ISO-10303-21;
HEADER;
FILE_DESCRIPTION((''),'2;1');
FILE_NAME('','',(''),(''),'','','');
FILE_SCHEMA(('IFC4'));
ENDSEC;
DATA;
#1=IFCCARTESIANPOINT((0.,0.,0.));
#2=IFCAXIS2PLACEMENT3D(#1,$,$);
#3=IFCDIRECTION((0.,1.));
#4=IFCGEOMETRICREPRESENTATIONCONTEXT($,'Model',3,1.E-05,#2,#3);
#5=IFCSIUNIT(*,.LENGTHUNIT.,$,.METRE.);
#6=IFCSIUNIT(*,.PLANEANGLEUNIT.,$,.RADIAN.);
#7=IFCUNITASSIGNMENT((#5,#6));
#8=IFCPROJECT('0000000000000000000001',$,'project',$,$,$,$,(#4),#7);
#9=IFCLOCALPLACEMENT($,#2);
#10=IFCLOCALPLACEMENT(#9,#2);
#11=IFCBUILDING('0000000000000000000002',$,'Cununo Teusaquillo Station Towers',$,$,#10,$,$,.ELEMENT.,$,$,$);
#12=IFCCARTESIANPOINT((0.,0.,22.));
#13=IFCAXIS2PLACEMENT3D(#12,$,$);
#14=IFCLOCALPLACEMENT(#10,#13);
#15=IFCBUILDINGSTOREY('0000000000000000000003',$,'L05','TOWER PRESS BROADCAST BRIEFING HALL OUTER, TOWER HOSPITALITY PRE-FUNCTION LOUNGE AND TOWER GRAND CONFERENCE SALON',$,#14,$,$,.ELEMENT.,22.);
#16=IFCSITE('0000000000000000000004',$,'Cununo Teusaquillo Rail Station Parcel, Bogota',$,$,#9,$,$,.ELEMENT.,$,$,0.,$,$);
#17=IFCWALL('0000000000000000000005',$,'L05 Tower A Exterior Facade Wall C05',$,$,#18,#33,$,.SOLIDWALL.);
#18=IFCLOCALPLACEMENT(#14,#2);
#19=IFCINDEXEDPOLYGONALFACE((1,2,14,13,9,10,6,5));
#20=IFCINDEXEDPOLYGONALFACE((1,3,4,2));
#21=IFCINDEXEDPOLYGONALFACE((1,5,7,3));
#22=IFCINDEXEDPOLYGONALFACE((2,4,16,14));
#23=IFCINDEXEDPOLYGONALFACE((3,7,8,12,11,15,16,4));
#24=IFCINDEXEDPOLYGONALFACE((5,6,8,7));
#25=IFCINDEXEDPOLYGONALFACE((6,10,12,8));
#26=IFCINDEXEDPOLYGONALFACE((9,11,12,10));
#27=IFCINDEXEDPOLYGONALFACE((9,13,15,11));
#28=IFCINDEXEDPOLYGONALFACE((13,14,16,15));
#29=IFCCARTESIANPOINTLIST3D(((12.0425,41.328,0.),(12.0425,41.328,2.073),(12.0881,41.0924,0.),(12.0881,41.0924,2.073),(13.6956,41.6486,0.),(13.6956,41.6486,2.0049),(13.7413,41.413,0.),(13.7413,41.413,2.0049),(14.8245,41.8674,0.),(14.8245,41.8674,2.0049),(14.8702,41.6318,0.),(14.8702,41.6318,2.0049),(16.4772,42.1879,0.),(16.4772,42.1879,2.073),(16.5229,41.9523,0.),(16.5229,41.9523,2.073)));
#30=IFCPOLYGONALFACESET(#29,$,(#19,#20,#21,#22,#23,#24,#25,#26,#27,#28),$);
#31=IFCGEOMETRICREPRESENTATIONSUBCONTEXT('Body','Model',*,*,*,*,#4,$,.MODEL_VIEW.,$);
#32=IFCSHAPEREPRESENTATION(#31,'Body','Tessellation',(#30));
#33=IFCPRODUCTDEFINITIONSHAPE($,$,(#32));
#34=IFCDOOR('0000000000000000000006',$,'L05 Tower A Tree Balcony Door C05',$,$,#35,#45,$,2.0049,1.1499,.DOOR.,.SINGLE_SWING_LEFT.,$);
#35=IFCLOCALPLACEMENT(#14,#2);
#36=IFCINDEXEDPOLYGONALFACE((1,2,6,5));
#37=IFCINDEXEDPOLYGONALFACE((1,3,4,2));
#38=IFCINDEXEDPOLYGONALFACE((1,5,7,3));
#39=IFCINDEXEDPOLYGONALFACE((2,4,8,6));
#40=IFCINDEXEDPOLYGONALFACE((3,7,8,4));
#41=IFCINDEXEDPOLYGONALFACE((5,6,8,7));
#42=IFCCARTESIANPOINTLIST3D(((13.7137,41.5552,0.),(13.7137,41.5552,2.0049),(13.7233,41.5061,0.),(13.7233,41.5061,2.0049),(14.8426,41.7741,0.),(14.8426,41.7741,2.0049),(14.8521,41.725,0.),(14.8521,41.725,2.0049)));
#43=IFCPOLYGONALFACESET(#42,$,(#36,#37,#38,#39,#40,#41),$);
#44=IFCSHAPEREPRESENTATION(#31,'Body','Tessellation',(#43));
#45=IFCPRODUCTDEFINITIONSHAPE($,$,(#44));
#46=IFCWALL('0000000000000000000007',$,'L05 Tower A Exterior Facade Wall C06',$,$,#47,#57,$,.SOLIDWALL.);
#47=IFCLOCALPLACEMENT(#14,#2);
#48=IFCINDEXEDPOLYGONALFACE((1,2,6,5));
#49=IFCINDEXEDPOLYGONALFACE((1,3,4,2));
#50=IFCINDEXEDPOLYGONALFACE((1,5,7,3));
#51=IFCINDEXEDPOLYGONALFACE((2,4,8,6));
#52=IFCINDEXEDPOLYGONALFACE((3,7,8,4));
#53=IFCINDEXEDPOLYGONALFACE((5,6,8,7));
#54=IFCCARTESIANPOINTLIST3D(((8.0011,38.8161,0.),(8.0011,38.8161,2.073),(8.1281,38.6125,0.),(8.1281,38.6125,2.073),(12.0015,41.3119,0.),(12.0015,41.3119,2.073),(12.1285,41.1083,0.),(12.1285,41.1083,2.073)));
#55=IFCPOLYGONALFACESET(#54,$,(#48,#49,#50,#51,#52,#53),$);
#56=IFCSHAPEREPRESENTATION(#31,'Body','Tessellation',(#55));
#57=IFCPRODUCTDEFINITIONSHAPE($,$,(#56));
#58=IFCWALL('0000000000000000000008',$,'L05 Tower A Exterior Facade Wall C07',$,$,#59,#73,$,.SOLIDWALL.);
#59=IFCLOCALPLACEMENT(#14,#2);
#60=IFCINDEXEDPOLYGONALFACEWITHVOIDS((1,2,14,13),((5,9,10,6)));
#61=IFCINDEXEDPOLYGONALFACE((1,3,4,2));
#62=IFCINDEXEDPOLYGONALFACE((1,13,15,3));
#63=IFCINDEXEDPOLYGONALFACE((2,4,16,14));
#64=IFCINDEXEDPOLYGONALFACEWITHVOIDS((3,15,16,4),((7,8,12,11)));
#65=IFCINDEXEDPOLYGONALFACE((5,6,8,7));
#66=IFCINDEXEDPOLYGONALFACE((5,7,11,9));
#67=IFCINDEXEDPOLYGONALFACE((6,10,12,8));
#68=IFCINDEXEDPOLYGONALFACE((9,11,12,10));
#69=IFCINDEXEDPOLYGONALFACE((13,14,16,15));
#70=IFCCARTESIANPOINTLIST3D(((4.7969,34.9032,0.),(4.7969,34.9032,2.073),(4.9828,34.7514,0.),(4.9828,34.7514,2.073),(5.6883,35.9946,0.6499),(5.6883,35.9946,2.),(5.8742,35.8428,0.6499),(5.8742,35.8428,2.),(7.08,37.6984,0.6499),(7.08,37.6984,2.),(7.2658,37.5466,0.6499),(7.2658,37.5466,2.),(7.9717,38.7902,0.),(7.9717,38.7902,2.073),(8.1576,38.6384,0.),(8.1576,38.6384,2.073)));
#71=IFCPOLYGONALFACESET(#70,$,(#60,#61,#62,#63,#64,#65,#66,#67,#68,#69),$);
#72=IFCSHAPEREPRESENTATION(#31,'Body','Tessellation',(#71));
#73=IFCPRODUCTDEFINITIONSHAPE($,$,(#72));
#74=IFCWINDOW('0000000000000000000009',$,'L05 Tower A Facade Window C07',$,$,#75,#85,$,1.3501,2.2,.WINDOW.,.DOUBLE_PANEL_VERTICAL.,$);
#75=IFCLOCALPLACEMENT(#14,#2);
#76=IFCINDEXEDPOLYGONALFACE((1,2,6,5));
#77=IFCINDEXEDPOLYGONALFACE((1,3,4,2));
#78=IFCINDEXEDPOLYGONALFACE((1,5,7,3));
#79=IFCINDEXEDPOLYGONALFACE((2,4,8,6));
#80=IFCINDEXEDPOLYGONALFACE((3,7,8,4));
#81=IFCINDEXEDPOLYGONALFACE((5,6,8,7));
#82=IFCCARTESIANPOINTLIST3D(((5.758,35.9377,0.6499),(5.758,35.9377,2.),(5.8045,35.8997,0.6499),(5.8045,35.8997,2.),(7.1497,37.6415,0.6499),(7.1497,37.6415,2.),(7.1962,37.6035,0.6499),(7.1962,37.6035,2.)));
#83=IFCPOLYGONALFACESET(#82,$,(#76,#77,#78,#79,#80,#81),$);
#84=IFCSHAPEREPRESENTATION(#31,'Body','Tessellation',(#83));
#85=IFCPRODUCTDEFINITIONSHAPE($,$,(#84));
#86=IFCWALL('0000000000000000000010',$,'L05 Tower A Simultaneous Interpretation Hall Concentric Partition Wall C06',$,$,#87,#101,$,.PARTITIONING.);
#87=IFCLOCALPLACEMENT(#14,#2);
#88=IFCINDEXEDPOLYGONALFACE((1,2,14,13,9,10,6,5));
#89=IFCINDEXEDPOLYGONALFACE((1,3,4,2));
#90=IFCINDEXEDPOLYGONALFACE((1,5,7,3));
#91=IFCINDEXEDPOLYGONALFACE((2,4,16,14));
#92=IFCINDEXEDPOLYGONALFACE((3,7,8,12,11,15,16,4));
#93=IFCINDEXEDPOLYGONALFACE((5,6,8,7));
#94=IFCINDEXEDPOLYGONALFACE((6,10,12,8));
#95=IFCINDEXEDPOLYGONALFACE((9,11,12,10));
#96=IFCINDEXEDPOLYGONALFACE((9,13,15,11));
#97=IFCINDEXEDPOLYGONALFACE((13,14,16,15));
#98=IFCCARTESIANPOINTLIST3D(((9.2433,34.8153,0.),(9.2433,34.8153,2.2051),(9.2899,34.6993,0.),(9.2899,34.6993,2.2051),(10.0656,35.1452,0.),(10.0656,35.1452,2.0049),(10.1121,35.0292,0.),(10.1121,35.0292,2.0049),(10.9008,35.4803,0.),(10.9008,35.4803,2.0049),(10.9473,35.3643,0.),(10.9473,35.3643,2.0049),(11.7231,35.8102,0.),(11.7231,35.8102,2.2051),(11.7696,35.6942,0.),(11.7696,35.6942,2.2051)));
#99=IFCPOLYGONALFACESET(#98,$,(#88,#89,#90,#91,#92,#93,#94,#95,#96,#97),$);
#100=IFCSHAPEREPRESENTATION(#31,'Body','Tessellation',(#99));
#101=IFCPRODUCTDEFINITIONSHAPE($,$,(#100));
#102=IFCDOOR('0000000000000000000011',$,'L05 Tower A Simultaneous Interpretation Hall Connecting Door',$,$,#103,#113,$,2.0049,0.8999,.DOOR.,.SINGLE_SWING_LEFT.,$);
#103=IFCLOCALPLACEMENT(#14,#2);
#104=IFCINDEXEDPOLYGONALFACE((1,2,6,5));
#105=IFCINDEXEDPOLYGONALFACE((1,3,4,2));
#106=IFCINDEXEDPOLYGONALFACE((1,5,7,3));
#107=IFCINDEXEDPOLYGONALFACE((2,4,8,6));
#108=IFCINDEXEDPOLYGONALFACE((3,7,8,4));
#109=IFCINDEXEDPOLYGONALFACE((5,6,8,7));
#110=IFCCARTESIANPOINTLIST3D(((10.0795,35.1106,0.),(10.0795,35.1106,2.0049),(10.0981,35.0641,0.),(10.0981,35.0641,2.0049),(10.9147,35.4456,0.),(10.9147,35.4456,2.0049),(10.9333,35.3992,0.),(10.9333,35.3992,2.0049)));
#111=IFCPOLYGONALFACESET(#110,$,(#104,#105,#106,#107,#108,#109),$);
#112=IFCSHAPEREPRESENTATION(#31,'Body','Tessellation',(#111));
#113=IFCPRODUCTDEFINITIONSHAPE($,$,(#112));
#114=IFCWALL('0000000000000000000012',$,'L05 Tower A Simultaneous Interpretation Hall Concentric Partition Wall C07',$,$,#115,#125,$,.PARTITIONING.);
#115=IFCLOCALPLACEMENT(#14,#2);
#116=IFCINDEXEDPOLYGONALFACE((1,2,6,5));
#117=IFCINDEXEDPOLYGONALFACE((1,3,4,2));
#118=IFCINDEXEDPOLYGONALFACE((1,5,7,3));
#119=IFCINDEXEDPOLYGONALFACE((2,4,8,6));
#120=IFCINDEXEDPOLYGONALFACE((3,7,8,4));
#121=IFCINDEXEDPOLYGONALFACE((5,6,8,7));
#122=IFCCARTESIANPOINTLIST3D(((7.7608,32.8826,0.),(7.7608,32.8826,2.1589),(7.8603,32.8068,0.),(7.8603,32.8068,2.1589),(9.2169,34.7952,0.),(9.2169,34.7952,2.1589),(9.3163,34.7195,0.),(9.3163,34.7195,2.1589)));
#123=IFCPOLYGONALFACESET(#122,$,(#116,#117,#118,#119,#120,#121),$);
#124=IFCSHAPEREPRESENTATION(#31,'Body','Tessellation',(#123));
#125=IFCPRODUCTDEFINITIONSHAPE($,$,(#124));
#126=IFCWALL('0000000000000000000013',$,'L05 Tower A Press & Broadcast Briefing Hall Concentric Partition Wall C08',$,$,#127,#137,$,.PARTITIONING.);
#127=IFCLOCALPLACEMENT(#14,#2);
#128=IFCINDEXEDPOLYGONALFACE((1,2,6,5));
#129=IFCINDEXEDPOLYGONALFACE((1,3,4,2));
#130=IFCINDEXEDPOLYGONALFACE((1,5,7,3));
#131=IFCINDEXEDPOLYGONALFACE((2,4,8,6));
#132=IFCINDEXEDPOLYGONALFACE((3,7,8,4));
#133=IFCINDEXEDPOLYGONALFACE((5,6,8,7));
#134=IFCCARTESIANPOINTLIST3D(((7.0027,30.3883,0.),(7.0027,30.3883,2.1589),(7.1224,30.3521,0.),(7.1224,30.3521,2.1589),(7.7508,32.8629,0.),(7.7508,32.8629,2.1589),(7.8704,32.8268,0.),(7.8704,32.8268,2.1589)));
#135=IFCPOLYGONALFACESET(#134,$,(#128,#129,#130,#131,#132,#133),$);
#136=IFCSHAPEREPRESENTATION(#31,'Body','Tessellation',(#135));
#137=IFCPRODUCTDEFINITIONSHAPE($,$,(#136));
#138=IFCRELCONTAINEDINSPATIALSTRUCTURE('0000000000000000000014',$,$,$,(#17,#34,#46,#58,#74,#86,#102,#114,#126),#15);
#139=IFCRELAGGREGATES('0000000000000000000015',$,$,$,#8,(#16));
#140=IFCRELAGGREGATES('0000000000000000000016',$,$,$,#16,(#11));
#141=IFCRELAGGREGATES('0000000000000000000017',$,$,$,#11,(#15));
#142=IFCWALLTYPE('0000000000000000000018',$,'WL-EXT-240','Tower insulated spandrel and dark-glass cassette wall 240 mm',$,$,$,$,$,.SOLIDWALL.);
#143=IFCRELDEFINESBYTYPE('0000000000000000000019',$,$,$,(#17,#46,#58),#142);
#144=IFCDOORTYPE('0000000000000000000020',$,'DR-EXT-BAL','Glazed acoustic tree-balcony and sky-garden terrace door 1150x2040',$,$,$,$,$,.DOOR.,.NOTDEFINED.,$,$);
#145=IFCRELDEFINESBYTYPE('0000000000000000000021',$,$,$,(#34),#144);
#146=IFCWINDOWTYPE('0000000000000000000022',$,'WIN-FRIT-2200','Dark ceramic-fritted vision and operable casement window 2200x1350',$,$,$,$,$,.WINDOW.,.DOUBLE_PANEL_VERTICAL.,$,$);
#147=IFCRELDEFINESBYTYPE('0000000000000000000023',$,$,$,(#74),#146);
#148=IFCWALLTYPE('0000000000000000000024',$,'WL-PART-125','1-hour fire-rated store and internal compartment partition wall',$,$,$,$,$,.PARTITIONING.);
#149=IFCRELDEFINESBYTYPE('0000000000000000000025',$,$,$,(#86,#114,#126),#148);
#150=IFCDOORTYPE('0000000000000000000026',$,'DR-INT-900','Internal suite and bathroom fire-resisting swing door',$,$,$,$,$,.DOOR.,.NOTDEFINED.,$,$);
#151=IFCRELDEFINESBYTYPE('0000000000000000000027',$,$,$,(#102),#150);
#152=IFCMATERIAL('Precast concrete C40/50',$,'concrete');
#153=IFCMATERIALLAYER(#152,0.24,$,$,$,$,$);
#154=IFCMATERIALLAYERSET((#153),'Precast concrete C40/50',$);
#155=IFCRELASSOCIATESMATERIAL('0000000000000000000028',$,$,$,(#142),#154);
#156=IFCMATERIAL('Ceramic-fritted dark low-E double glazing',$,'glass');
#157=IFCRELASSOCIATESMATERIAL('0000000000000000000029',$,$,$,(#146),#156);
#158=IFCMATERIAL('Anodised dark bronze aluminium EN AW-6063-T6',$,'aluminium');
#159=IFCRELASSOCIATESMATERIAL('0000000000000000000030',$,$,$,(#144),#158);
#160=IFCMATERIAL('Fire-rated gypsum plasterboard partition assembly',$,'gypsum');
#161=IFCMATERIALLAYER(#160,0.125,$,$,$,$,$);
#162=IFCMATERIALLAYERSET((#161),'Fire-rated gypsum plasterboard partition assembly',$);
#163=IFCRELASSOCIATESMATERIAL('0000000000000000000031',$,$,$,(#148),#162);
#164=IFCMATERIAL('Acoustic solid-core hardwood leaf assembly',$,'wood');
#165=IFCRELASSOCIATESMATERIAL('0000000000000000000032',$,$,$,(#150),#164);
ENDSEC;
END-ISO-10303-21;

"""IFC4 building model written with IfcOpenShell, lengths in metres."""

from ifc_helpers import new_model, si_unit, direction, frame, frame_2d, origin, place, context, subcontext, project, spatial, rectangle, extrude, source, transform, mapped, material, layer, layer_set, type_object, element, fill, save


model = new_model("IFC4")

# Units and contexts
model_context = context("Model", 3, precision=1e-05, world=origin(), true_north=direction((0.0, 1.0)))
body_context = subcontext(model_context, "Body", "Model", "MODEL_VIEW")
ifc_project = project(units=[si_unit("LENGTHUNIT", "METRE"), si_unit("PLANEANGLEUNIT", "RADIAN")], contexts=[model_context])

# Site, building, storey
site_placement = place(None, origin())
site = spatial("IfcSite", under=ifc_project, at=site_placement, Name="Cununo Teusaquillo Rail Station Parcel, Bogota", CompositionType="ELEMENT", RefElevation=0.0)
building_placement = place(site_placement, origin())
building = spatial("IfcBuilding", under=site, at=building_placement, Name="Cununo Teusaquillo Station Towers", CompositionType="ELEMENT")
storey_placement = place(building_placement, frame((0.0, 0.0, 22.0)))
storey = spatial("IfcBuildingStorey", under=building, at=storey_placement, Name="L05", Description="TOWER PRESS BROADCAST BRIEFING HALL OUTER, TOWER HOSPITALITY PRE-FUNCTION LOUNGE AND TOWER GRAND CONFERENCE SALON", CompositionType="ELEMENT", Elevation=22.0)

# Shared definitions
ifc_material_1 = material(Name="Precast concrete C40/50", Category="concrete")
ifc_layer_1 = layer(ifc_material_1, 0.24)
ifc_layer_set_1 = layer_set([ifc_layer_1], Name="Precast concrete C40/50")
wall_type_1 = type_object("IfcWallType", Name="WL-EXT-240", Description="Tower insulated spandrel and dark-glass cassette wall 240 mm", PredefinedType="SOLIDWALL", material=ifc_layer_set_1)
shared_shape_1 = source(origin(), body_context, "Body", "SweptSolid", [
    extrude(rectangle(XDim=2.2, YDim=1.3501, at=frame_2d((1.1001, 0.675))), frame((0.0, 0.1299, 0.0), z_axis=(0.0, -1.0, 0.0), x_axis=(1.0, 0.0, 0.0)), (0.0, 0.0, 1.0), 0.26),
])
ifc_material_2 = material(Name="Ceramic-fritted dark low-E double glazing", Category="glass")
window_type = type_object("IfcWindowType", Name="WIN-FRIT-2200", Description="Dark ceramic-fritted vision and operable casement window 2200x1350", PartitioningType="DOUBLE_PANEL_VERTICAL", PredefinedType="WINDOW", material=ifc_material_2)
shared_shape_2 = source(origin(), body_context, "Body", "SweptSolid", [
    extrude(rectangle(XDim=2.2, YDim=1.3501, at=frame_2d((1.1001, 0.675))), frame((0.0, 0.03, 0.0), z_axis=(0.0, -1.0, 0.0), x_axis=(1.0, 0.0, 0.0)), (0.0, 0.0, 1.0), 0.0601),
])

# Wall, opening, door
wall_1_placement = place(storey_placement, frame((12.0652, 41.2102, 0.0), z_axis=(0.0, 0.0, 1.0), x_axis=(0.981717, 0.190345, 0.0)))
wall_1 = element("IfcWall", 1, at=wall_1_placement, inside=storey, type_object=wall_type_1, Name="L05 Tower A Exterior Facade Wall C05", PredefinedType="SOLIDWALL", context=body_context, shape_type="SweptSolid", body=[
    extrude(rectangle(XDim=4.5173, YDim=0.24, at=frame_2d((2.2588, 0.0))), origin(), (0.0, 0.0, 1.0), 2.073),
])
shared_shape_3 = source(origin(), body_context, "Body", "SweptSolid", [
    extrude(rectangle(XDim=1.1499, YDim=2.0049, at=frame_2d((0.575, 1.0024))), frame((0.0, 0.1299, 0.0), z_axis=(0.0, -1.0, 0.0), x_axis=(1.0, 0.0, 0.0)), (0.0, 0.0, 1.0), 0.26),
])
opening_1_placement = place(wall_1_placement, frame((1.6841, 0.0, 0.0)))
opening_1 = element("IfcOpeningElement", 2, at=opening_1_placement, cuts=wall_1, PredefinedType="OPENING", context=body_context, shape_type="MappedRepresentation", body=[
    mapped(shared_shape_3, transform((0.0, 0.0, 0.0), x_axis=(1.0, 0.0, 0.0), y_axis=(0.0, 1.0, 0.0), z_axis=(0.0, 0.0, 1.0), scale=1.0)),
])
ifc_material_3 = material(Name="Anodised dark bronze aluminium EN AW-6063-T6", Category="aluminium")
door_type_1 = type_object("IfcDoorType", Name="DR-EXT-BAL", Description="Glazed acoustic tree-balcony and sky-garden terrace door 1150x2040", OperationType="NOTDEFINED", PredefinedType="DOOR", material=ifc_material_3)
shared_shape_4 = source(origin(), body_context, "Body", "SweptSolid", [
    extrude(rectangle(XDim=1.1499, YDim=2.0049, at=frame_2d((0.575, 1.0024))), frame((0.0, 0.0249, 0.0), z_axis=(0.0, -1.0, 0.0), x_axis=(1.0, 0.0, 0.0)), (0.0, 0.0, 1.0), 0.05),
])
door_1_placement = place(opening_1_placement, origin())
door_1 = element("IfcDoor", 3, at=door_1_placement, inside=storey, type_object=door_type_1, Name="L05 Tower A Tree Balcony Door C05", OperationType="SINGLE_SWING_LEFT", OverallHeight=2.0049, OverallWidth=1.1499, PredefinedType="DOOR", context=body_context, shape_type="MappedRepresentation", body=[
    mapped(shared_shape_4, transform((0.0, 0.0, 0.0), x_axis=(1.0, 0.0, 0.0), y_axis=(0.0, 1.0, 0.0), z_axis=(0.0, 0.0, 1.0), scale=1.0)),
])
fill(opening_1, door_1)

# Wall
wall_2_placement = place(storey_placement, frame((8.0647, 38.7144, 0.0), z_axis=(0.0, 0.0, 1.0), x_axis=(0.848423, 0.529319, 0.0)))
element("IfcWall", 4, at=wall_2_placement, inside=storey, type_object=wall_type_1, Name="L05 Tower A Exterior Facade Wall C06", PredefinedType="SOLIDWALL", context=body_context, shape_type="SweptSolid", body=[
    extrude(rectangle(XDim=4.7151, YDim=0.24, at=frame_2d((2.3574, 0.0))), origin(), (0.0, 0.0, 1.0), 2.073),
])

# Wall, opening, window
wall_3_placement = place(storey_placement, frame((4.8899, 34.8274, 0.0), z_axis=(0.0, 0.0, 1.0), x_axis=(0.632589, 0.774488, 0.0)))
wall_3 = element("IfcWall", 5, at=wall_3_placement, inside=storey, type_object=wall_type_1, Name="L05 Tower A Exterior Facade Wall C07", PredefinedType="SOLIDWALL", context=body_context, shape_type="SweptSolid", body=[
    extrude(rectangle(XDim=5.0188, YDim=0.24, at=frame_2d((2.5093, 0.0))), origin(), (0.0, 0.0, 1.0), 2.073),
])
opening_2_placement = place(wall_3_placement, frame((1.4089, 0.0, 0.6499)))
opening_2 = element("IfcOpeningElement", 6, at=opening_2_placement, cuts=wall_3, PredefinedType="OPENING", context=body_context, shape_type="MappedRepresentation", body=[
    mapped(shared_shape_1, transform((0.0, 0.0, 0.0), x_axis=(1.0, 0.0, 0.0), y_axis=(0.0, 1.0, 0.0), z_axis=(0.0, 0.0, 1.0), scale=1.0)),
])
window_1_placement = place(opening_2_placement, origin())
window_1 = element("IfcWindow", 7, at=window_1_placement, inside=storey, type_object=window_type, Name="L05 Tower A Facade Window C07", OverallHeight=1.3501, OverallWidth=2.2, PartitioningType="DOUBLE_PANEL_VERTICAL", PredefinedType="WINDOW", context=body_context, shape_type="MappedRepresentation", body=[
    mapped(shared_shape_2, transform((0.0, 0.0, 0.0), x_axis=(1.0, 0.0, 0.0), y_axis=(0.0, 1.0, 0.0), z_axis=(0.0, 0.0, 1.0), scale=1.0)),
])
fill(opening_2, window_1)

# Wall, opening, door
ifc_material_4 = material(Name="Fire-rated gypsum plasterboard partition assembly", Category="gypsum")
ifc_layer_2 = layer(ifc_material_4, 0.125)
ifc_layer_set_2 = layer_set([ifc_layer_2], Name="Fire-rated gypsum plasterboard partition assembly")
wall_type_2 = type_object("IfcWallType", Name="WL-PART-125", Description="1-hour fire-rated store and internal compartment partition wall", PredefinedType="PARTITIONING", material=ifc_layer_set_2)
wall_4_placement = place(storey_placement, frame((11.7463, 35.7522, 0.0), z_axis=(0.0, 0.0, 1.0), x_axis=(-0.928092, -0.372351, 0.0)))
wall_4 = element("IfcWall", 8, at=wall_4_placement, inside=storey, type_object=wall_type_2, Name="L05 Tower A Simultaneous Interpretation Hall Concentric Partition Wall C06", PredefinedType="PARTITIONING", context=body_context, shape_type="SweptSolid", body=[
    extrude(rectangle(XDim=2.6719, YDim=0.125, at=frame_2d((1.3359, 0.0))), origin(), (0.0, 0.0, 1.0), 2.2051),
])
shared_shape_5 = source(origin(), body_context, "Body", "SweptSolid", [
    extrude(rectangle(XDim=0.8999, YDim=2.0049, at=frame_2d((0.45, 1.0024))), frame((0.0, 0.0725, 0.0), z_axis=(0.0, -1.0, 0.0), x_axis=(1.0, 0.0, 0.0)), (0.0, 0.0, 1.0), 0.145),
])
opening_3_placement = place(wall_4_placement, frame((0.886, 0.0, 0.0)))
opening_3 = element("IfcOpeningElement", 9, at=opening_3_placement, cuts=wall_4, PredefinedType="OPENING", context=body_context, shape_type="MappedRepresentation", body=[
    mapped(shared_shape_5, transform((0.0, 0.0, 0.0), x_axis=(1.0, 0.0, 0.0), y_axis=(0.0, 1.0, 0.0), z_axis=(0.0, 0.0, 1.0), scale=1.0)),
])
ifc_material_5 = material(Name="Acoustic solid-core hardwood leaf assembly", Category="wood")
door_type_2 = type_object("IfcDoorType", Name="DR-INT-900", Description="Internal suite and bathroom fire-resisting swing door", OperationType="NOTDEFINED", PredefinedType="DOOR", material=ifc_material_5)
shared_shape_6 = source(origin(), body_context, "Body", "SweptSolid", [
    extrude(rectangle(XDim=0.8999, YDim=2.0049, at=frame_2d((0.45, 1.0024))), frame((0.0, 0.0249, 0.0), z_axis=(0.0, -1.0, 0.0), x_axis=(1.0, 0.0, 0.0)), (0.0, 0.0, 1.0), 0.05),
])
door_2_placement = place(opening_3_placement, origin())
door_2 = element("IfcDoor", 10, at=door_2_placement, inside=storey, type_object=door_type_2, Name="L05 Tower A Simultaneous Interpretation Hall Connecting Door", OperationType="SINGLE_SWING_LEFT", OverallHeight=2.0049, OverallWidth=0.8999, PredefinedType="DOOR", context=body_context, shape_type="MappedRepresentation", body=[
    mapped(shared_shape_6, transform((0.0, 0.0, 0.0), x_axis=(1.0, 0.0, 0.0), y_axis=(0.0, 1.0, 0.0), z_axis=(0.0, 0.0, 1.0), scale=1.0)),
])
fill(opening_3, door_2)

# Walls
wall_5_placement = place(storey_placement, frame((9.2666, 34.7573, 0.0), z_axis=(0.0, 0.0, 1.0), x_axis=(-0.605737, -0.795665, 0.0)))
element("IfcWall", 11, at=wall_5_placement, inside=storey, type_object=wall_type_2, Name="L05 Tower A Simultaneous Interpretation Hall Concentric Partition Wall C07", PredefinedType="PARTITIONING", context=body_context, shape_type="SweptSolid", body=[
    extrude(rectangle(XDim=2.4038, YDim=0.125, at=frame_2d((1.2019, 0.0))), origin(), (0.0, 0.0, 1.0), 2.1589),
])
wall_6_placement = place(storey_placement, frame((7.8105, 32.8447, 0.0), z_axis=(0.0, 0.0, 1.0), x_axis=(-0.289357, -0.957221, 0.0)))
element("IfcWall", 12, at=wall_6_placement, inside=storey, type_object=wall_type_2, Name="L05 Tower A Press & Broadcast Briefing Hall Concentric Partition Wall C08", PredefinedType="PARTITIONING", context=body_context, shape_type="SweptSolid", body=[
    extrude(rectangle(XDim=2.5852, YDim=0.125, at=frame_2d((1.2925, 0.0))), origin(), (0.0, 0.0, 1.0), 2.1589),
])

save(model, "model.ifc")
